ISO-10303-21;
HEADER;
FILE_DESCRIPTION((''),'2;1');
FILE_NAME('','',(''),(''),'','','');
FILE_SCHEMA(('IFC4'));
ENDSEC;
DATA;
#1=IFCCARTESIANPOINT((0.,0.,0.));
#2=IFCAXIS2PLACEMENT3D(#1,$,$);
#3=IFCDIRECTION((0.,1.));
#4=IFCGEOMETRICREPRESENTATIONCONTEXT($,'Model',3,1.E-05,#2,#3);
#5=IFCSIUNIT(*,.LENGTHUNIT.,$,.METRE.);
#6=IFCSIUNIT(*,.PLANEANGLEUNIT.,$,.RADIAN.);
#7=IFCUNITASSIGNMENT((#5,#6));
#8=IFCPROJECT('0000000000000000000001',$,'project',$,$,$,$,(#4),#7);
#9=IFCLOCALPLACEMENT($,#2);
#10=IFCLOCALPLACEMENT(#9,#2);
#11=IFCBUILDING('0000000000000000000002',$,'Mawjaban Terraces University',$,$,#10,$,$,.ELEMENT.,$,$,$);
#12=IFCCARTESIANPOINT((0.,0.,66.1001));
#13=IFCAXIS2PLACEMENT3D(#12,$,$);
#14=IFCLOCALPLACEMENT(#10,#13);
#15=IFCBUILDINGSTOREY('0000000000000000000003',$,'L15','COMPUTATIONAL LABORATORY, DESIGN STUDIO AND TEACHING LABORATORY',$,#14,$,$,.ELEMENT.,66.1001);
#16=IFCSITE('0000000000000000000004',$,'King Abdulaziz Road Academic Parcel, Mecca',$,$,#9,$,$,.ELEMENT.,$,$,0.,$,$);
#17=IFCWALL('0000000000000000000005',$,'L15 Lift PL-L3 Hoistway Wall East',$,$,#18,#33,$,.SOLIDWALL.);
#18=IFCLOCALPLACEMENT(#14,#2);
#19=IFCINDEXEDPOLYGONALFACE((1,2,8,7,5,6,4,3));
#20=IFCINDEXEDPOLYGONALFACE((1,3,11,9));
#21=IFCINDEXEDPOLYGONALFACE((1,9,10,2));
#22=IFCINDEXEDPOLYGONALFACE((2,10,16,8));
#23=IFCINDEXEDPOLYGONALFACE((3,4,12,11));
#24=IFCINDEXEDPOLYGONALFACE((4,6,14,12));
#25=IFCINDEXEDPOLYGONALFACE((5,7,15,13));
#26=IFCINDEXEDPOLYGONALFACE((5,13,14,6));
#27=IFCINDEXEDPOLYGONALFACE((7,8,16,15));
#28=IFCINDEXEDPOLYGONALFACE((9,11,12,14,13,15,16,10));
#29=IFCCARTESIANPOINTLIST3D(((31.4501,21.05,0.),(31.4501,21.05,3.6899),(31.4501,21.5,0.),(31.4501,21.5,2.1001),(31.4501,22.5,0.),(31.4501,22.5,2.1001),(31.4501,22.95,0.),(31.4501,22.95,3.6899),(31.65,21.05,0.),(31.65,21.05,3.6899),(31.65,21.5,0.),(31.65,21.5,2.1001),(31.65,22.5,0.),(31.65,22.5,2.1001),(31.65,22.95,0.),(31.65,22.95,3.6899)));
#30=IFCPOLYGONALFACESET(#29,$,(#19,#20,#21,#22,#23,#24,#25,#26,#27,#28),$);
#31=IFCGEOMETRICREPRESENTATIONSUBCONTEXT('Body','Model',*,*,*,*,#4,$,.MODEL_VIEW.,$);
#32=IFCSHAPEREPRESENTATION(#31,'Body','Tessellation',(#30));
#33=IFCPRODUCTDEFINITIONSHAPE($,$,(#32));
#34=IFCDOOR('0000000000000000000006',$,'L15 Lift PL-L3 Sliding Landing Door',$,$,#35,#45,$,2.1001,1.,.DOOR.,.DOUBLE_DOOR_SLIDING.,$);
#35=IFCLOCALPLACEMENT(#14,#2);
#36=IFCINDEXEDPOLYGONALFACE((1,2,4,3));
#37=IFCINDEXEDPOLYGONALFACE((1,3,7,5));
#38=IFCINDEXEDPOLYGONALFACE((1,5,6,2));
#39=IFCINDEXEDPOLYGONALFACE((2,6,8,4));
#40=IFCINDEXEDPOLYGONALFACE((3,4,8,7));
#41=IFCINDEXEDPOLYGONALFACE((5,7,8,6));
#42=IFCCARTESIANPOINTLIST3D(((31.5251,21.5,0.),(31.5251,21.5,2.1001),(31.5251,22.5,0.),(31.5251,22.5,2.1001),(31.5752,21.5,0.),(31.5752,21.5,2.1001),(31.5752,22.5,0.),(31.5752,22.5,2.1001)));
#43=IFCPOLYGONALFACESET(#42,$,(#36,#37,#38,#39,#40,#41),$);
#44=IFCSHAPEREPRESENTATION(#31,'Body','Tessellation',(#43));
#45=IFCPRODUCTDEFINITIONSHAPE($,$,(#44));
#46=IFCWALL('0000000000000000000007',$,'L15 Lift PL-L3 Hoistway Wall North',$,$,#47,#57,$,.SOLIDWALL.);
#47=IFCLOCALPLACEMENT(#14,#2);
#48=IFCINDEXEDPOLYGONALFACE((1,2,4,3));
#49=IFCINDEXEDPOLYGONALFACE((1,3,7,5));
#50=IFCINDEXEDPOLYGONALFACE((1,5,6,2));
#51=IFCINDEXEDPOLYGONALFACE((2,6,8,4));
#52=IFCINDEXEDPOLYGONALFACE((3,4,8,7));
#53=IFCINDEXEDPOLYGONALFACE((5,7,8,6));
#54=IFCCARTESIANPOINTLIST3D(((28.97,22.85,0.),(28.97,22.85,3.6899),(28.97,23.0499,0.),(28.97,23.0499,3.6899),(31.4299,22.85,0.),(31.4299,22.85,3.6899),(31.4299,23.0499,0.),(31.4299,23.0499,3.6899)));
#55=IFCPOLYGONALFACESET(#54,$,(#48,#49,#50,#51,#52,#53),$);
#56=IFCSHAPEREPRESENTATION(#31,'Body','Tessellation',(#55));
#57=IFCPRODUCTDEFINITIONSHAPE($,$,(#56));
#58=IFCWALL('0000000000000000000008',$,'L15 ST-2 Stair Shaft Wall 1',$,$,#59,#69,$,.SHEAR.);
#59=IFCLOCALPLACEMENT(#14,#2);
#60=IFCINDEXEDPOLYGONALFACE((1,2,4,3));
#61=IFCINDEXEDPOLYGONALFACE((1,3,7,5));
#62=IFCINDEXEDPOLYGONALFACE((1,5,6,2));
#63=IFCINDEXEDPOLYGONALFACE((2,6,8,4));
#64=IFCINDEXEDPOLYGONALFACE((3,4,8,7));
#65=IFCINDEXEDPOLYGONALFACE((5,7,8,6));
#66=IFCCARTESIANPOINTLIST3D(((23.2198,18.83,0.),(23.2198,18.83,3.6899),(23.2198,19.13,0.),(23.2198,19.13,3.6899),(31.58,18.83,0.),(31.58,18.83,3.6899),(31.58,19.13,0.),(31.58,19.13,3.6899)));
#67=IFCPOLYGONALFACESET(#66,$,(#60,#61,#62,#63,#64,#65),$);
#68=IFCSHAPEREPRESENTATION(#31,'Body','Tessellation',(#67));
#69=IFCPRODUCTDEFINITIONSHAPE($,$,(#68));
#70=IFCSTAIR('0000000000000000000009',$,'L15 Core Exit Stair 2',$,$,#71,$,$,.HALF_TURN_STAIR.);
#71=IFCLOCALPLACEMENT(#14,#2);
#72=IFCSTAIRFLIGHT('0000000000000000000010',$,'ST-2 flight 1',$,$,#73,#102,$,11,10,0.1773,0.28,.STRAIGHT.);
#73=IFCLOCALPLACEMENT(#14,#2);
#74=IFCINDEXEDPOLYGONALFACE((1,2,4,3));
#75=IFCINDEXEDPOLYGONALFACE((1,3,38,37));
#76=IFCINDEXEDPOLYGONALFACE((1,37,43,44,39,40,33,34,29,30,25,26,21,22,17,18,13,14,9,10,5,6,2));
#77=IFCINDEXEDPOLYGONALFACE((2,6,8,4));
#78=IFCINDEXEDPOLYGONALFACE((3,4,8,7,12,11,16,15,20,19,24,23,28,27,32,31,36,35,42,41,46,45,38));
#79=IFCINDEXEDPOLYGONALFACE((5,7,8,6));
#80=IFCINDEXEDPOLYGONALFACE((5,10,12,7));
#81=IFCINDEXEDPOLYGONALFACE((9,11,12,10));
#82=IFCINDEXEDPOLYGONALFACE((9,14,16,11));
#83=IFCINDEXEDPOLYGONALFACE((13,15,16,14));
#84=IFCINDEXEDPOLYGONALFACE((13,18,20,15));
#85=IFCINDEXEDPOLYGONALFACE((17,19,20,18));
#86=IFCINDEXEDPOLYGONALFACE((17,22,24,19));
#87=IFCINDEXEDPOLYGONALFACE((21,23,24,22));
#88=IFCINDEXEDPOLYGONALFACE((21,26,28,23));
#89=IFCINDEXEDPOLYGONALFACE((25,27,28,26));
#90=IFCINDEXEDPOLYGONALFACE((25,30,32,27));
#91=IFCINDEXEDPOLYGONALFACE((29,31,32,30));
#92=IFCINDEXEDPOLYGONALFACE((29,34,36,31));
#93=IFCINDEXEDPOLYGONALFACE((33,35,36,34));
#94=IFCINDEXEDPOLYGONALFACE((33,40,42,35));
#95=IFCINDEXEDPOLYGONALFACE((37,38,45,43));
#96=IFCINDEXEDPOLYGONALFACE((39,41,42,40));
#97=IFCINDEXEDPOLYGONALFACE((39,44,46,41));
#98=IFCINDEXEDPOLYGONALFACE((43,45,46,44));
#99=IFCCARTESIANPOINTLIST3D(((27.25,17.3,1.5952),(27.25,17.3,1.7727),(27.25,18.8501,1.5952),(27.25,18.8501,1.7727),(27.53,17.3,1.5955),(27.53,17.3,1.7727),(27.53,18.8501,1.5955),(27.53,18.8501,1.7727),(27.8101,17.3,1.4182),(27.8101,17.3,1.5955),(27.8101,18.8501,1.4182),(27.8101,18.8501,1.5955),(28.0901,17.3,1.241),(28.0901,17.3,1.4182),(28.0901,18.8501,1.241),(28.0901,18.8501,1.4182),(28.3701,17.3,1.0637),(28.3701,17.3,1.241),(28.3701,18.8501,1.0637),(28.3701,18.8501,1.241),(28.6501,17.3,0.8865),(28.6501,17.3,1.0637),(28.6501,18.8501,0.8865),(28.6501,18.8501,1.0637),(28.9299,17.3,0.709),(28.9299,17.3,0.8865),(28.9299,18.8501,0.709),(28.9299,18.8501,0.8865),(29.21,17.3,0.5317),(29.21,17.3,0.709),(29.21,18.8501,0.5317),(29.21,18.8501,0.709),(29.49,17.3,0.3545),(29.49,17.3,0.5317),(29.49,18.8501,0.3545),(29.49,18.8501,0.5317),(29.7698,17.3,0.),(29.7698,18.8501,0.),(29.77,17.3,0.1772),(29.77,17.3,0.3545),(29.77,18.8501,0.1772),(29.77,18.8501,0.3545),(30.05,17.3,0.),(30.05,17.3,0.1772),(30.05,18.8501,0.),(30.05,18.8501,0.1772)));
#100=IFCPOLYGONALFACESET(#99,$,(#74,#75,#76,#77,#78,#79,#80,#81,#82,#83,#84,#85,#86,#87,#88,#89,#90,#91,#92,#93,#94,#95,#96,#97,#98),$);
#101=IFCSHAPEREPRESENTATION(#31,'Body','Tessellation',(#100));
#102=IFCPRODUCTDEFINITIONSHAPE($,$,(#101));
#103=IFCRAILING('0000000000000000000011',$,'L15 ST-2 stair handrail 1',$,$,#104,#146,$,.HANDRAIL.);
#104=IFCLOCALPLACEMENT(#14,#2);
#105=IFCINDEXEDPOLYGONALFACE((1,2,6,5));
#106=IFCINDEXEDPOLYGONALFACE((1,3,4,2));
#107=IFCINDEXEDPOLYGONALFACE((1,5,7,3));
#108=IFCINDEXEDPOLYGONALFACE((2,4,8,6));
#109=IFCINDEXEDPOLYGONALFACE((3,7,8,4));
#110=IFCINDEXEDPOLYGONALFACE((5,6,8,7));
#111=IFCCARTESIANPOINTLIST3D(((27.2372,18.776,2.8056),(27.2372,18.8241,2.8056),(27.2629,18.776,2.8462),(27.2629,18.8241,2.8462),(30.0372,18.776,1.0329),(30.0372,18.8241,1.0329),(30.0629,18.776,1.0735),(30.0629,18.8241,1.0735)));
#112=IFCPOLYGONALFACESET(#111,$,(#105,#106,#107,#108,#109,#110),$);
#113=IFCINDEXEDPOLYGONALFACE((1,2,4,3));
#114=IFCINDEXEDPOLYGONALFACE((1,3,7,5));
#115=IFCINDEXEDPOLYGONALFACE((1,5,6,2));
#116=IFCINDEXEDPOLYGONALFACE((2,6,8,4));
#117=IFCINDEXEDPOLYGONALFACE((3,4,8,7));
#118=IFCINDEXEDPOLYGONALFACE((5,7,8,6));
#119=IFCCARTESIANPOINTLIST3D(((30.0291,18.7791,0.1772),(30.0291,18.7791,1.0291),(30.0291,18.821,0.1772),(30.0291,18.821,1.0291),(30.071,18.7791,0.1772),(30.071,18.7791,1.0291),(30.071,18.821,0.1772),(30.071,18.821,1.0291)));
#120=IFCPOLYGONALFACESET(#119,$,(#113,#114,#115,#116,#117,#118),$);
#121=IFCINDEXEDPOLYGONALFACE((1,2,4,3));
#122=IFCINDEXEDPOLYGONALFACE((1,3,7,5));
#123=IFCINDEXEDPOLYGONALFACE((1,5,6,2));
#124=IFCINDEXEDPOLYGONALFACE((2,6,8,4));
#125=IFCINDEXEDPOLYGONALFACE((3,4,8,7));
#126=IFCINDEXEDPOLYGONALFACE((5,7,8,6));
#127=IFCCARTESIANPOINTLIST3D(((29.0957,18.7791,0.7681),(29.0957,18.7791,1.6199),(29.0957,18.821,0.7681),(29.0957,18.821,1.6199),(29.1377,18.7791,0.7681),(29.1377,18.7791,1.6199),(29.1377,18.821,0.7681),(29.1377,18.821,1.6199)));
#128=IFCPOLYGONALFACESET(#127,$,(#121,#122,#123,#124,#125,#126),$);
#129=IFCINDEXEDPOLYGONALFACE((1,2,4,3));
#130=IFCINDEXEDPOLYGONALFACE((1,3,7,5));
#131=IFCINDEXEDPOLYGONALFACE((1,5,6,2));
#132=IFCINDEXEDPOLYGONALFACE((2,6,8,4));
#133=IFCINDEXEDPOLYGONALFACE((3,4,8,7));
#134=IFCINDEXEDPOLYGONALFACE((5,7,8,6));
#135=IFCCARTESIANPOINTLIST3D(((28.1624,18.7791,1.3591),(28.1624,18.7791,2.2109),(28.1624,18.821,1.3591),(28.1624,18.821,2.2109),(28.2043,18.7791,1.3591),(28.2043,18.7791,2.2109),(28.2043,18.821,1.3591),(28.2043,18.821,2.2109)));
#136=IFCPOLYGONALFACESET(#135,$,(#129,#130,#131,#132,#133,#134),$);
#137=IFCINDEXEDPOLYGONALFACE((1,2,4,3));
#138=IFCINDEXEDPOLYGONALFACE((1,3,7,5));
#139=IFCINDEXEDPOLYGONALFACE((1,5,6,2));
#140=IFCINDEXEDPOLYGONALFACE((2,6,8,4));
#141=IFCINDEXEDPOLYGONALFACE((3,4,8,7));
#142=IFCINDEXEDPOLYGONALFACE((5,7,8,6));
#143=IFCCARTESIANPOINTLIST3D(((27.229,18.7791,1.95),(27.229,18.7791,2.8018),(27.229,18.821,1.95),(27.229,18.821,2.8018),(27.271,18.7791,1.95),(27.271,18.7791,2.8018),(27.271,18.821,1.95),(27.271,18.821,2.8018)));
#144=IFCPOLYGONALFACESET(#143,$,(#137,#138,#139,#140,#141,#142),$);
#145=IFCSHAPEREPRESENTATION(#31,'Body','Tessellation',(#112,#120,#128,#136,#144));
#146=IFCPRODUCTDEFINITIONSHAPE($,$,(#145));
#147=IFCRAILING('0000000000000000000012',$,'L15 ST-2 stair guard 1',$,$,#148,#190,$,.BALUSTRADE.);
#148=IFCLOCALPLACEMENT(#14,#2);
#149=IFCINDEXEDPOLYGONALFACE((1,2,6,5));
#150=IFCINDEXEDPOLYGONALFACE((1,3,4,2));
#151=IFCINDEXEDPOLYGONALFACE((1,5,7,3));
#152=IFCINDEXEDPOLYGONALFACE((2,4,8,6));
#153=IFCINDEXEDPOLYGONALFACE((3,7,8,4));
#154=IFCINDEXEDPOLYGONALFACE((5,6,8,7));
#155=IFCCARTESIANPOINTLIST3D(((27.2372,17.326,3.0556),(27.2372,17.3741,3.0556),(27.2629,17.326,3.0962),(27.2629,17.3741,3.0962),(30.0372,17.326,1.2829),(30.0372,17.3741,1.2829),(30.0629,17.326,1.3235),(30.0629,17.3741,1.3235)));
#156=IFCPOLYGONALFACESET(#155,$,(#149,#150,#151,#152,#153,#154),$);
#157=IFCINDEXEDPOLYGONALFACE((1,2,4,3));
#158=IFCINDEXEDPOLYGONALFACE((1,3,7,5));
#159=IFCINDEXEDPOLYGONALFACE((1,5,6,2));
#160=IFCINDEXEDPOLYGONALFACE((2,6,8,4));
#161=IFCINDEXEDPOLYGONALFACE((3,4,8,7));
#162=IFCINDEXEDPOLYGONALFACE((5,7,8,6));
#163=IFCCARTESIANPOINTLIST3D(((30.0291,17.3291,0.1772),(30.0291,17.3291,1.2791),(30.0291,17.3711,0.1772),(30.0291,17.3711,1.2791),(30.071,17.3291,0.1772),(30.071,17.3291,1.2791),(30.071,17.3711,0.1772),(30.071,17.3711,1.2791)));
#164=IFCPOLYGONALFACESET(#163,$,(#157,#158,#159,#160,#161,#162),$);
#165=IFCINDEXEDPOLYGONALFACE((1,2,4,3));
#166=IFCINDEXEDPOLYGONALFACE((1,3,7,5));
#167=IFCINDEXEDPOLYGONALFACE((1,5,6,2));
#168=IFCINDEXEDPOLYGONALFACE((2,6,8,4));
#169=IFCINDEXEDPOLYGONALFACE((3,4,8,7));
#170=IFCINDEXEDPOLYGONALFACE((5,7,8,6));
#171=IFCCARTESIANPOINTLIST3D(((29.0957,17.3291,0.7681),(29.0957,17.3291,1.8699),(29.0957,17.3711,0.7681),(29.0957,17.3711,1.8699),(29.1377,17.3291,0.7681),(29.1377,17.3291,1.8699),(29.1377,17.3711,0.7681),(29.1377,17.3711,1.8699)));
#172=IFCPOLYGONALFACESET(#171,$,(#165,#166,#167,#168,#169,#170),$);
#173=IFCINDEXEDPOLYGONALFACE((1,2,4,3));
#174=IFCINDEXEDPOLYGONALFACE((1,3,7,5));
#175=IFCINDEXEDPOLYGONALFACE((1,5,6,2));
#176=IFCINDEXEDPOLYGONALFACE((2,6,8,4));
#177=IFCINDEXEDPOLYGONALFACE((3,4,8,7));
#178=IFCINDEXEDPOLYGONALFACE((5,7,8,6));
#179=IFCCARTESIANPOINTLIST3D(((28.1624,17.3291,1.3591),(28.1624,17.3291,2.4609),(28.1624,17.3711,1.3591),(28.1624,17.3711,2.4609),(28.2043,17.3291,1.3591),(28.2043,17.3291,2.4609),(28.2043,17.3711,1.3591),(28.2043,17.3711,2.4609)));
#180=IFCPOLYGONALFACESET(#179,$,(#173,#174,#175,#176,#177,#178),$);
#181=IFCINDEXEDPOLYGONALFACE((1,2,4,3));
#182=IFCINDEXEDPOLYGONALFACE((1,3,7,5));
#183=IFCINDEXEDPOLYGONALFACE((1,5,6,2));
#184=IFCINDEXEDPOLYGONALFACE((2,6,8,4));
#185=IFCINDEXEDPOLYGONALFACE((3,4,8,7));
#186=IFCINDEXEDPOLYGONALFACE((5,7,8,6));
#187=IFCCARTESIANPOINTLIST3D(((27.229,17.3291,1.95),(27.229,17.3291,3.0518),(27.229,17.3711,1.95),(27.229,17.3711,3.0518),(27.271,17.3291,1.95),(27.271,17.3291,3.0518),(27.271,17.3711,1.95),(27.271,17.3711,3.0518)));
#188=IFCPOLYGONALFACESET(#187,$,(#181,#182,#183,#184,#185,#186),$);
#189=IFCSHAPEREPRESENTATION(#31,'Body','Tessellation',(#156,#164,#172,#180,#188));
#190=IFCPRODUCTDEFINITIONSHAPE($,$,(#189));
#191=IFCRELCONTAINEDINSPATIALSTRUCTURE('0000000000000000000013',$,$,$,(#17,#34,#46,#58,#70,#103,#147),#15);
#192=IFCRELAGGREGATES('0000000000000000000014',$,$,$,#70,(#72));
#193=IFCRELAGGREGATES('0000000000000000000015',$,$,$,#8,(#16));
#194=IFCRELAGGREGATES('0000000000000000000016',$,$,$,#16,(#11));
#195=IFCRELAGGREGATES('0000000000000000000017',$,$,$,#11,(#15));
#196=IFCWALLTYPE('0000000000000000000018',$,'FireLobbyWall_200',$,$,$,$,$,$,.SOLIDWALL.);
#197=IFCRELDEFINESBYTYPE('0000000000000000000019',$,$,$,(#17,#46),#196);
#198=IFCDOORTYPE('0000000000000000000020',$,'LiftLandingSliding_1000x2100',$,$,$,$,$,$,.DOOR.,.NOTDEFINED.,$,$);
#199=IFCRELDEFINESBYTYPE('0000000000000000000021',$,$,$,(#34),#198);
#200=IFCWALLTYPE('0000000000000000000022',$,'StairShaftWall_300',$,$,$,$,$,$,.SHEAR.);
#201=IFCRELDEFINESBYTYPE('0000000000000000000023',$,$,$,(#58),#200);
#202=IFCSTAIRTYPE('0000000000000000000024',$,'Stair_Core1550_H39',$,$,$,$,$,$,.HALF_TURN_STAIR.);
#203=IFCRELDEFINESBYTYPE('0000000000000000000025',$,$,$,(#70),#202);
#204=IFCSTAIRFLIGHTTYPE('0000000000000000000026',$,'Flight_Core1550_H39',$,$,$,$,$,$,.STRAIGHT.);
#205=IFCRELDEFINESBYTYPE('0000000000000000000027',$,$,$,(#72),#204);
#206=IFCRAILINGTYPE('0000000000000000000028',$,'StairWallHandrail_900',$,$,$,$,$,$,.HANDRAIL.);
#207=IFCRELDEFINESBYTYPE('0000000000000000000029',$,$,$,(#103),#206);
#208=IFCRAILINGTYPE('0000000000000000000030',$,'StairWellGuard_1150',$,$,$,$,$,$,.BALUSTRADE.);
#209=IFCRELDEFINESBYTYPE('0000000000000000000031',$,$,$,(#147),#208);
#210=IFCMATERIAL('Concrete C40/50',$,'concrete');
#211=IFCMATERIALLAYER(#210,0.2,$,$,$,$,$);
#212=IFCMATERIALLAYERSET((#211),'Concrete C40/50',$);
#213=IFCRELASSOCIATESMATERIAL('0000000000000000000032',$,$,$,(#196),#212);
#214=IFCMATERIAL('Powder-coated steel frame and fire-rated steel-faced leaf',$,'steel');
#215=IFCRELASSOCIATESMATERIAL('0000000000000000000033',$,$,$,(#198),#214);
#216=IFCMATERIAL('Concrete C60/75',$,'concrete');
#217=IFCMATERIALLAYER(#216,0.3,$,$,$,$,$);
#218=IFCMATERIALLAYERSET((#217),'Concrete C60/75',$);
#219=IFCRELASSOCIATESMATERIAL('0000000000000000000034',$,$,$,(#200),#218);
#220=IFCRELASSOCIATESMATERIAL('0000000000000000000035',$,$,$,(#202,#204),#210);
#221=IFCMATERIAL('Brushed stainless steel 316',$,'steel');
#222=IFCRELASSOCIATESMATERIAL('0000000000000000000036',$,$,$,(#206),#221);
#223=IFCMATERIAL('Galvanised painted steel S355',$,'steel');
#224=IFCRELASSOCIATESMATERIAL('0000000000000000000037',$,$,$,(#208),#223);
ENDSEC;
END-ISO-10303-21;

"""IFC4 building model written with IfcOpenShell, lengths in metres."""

from ifc_helpers import new_model, si_unit, direction, frame, frame_2d, origin, origin_2d, place, context, subcontext, project, spatial, polyline, rectangle, outline, extrude, material, layer, layer_set, type_object, element, fill, aggregate, save


model = new_model("IFC4")

# Units and contexts
model_context = context("Model", 3, precision=1e-05, world=origin(), true_north=direction((0.0, 1.0)))
body_context = subcontext(model_context, "Body", "Model", "MODEL_VIEW")
ifc_project = project(units=[si_unit("LENGTHUNIT", "METRE"), si_unit("PLANEANGLEUNIT", "RADIAN")], contexts=[model_context])

# Site, building, storey
site_placement = place(None, origin())
site = spatial("IfcSite", under=ifc_project, at=site_placement, Name="King Abdulaziz Road Academic Parcel, Mecca", CompositionType="ELEMENT", RefElevation=0.0)
building_placement = place(site_placement, origin())
building = spatial("IfcBuilding", under=site, at=building_placement, Name="Mawjaban Terraces University", CompositionType="ELEMENT")
storey_placement = place(building_placement, frame((0.0, 0.0, 66.1001)))
storey = spatial("IfcBuildingStorey", under=building, at=storey_placement, Name="L15", Description="COMPUTATIONAL LABORATORY, DESIGN STUDIO AND TEACHING LABORATORY", CompositionType="ELEMENT", Elevation=66.1001)

# Shared definitions
ifc_material_1 = material(Name="Concrete C40/50", Category="concrete")
ifc_layer_1 = layer(ifc_material_1, 0.2)
ifc_layer_set_1 = layer_set([ifc_layer_1], Name="Concrete C40/50")
wall_type_1 = type_object("IfcWallType", Name="FireLobbyWall_200", PredefinedType="SOLIDWALL", material=ifc_layer_set_1)

# Wall, opening, door
ifc_material_2 = material(Name="Powder-coated steel frame and fire-rated steel-faced leaf", Category="steel")
door_type_1 = type_object("IfcDoorType", Name="LiftLandingSliding_1000x2100", OperationType="NOTDEFINED", PredefinedType="DOOR", material=ifc_material_2)
wall_1_placement = place(storey_placement, frame((31.55, 21.05, 0.0), z_axis=(0.0, 0.0, 1.0), x_axis=(0.0, 1.0, 0.0)))
wall_1 = element("IfcWall", 1, at=wall_1_placement, inside=storey, type_object=wall_type_1, Name="L15 Lift PL-L3 Hoistway Wall East", PredefinedType="SOLIDWALL", context=body_context, shape_type="SweptSolid", body=[
    extrude(rectangle(XDim=1.8999, YDim=0.2, at=frame_2d((0.95, 0.0))), origin(), (0.0, 0.0, 1.0), 3.6899),
])
opening_1_placement = place(wall_1_placement, frame((0.45, 0.0, 0.0)))
opening_1 = element("IfcOpeningElement", 2, at=opening_1_placement, cuts=wall_1, PredefinedType="OPENING", context=body_context, shape_type="SweptSolid", body=[
    extrude(rectangle(XDim=1.0, YDim=2.1001, at=frame_2d((0.5, 1.05))), frame((0.0, 0.1099, 0.0), z_axis=(0.0, -1.0, 0.0), x_axis=(1.0, 0.0, 0.0)), (0.0, 0.0, 1.0), 0.22),
])
door_1_placement = place(opening_1_placement, origin())
door_1 = element("IfcDoor", 3, at=door_1_placement, inside=storey, type_object=door_type_1, Name="L15 Lift PL-L3 Sliding Landing Door", OperationType="DOUBLE_DOOR_SLIDING", OverallHeight=2.1001, OverallWidth=1.0, PredefinedType="DOOR", context=body_context, shape_type="SweptSolid", body=[
    extrude(rectangle(XDim=1.0, YDim=2.1001, at=frame_2d((0.5, 1.05))), frame((0.0, 0.0249, 0.0), z_axis=(0.0, -1.0, 0.0), x_axis=(1.0, 0.0, 0.0)), (0.0, 0.0, 1.0), 0.05),
])
fill(opening_1, door_1)

# Walls
wall_2_placement = place(storey_placement, frame((31.4299, 22.95, 0.0), z_axis=(0.0, 0.0, 1.0), x_axis=(-1.0, 0.0, 0.0)))
element("IfcWall", 4, at=wall_2_placement, inside=storey, type_object=wall_type_1, Name="L15 Lift PL-L3 Hoistway Wall North", PredefinedType="SOLIDWALL", context=body_context, shape_type="SweptSolid", body=[
    extrude(rectangle(XDim=2.46, YDim=0.2, at=frame_2d((1.23, 0.0))), origin(), (0.0, 0.0, 1.0), 3.6899),
])
ifc_material_3 = material(Name="Concrete C60/75", Category="concrete")
ifc_layer_2 = layer(ifc_material_3, 0.3)
ifc_layer_set_2 = layer_set([ifc_layer_2], Name="Concrete C60/75")
wall_type_2 = type_object("IfcWallType", Name="StairShaftWall_300", PredefinedType="SHEAR", material=ifc_layer_set_2)
wall_3_placement = place(storey_placement, frame((31.5801, 18.98, 0.0), z_axis=(0.0, 0.0, 1.0), x_axis=(-1.0, 0.0, 0.0)))
element("IfcWall", 5, at=wall_3_placement, inside=storey, type_object=wall_type_2, Name="L15 ST-2 Stair Shaft Wall 1", PredefinedType="SHEAR", context=body_context, shape_type="SweptSolid", body=[
    extrude(rectangle(XDim=8.3601, YDim=0.3, at=frame_2d((4.1802, 0.0))), origin(), (0.0, 0.0, 1.0), 3.6899),
])

# Stair, stair flight
stair_type = type_object("IfcStairType", Name="Stair_Core1550_H39", PredefinedType="HALF_TURN_STAIR", material=ifc_material_1)
stair_placement = place(storey_placement, origin())
stair = element("IfcStair", 6, at=stair_placement, inside=storey, type_object=stair_type, Name="L15 Core Exit Stair 2", PredefinedType="HALF_TURN_STAIR")
stair_flight_type = type_object("IfcStairFlightType", Name="Flight_Core1550_H39", PredefinedType="STRAIGHT", material=ifc_material_1)
stair_flight_placement = place(storey_placement, frame((30.05, 18.075, 0.0), z_axis=(0.0, 0.0, 1.0), x_axis=(-1.0, 0.0, 0.0)))
stair_flight = element("IfcStairFlight", 7, at=stair_flight_placement, type_object=stair_flight_type, Name="ST-2 flight 1", NumberOfRisers=11, NumberOfTreads=10, PredefinedType="STRAIGHT", RiserHeight=0.1773, TreadLength=0.28, context=body_context, shape_type="SweptSolid", body=[
    extrude(outline(polyline([(0.0, 0.0), (0.0, 0.1772), (0.28, 0.1772), (0.28, 0.3545), (0.5601, 0.3545), (0.5601, 0.5317), (0.8401, 0.5317), (0.8401, 0.709), (1.1201, 0.709), (1.1201, 0.8865), (1.3999, 0.8865), (1.3999, 1.0637), (1.6799, 1.0637), (1.6799, 1.241), (1.96, 1.241), (1.96, 1.4182), (2.24, 1.4182), (2.24, 1.5955), (2.52, 1.5955), (2.52, 1.7727), (2.8, 1.7727), (2.8, 1.95), (2.8, 1.5952), (0.2803, 0.0), (0.0, 0.0)])), frame((0.0, 0.7749, 0.0), z_axis=(0.0, -1.0, 0.0), x_axis=(1.0, 0.0, 0.0)), (0.0, 0.0, 1.0), 1.55),
])
aggregate(stair, [stair_flight])

# Railings
ifc_material_4 = material(Name="Brushed stainless steel 316", Category="steel")
railing_type_1 = type_object("IfcRailingType", Name="StairWallHandrail_900", PredefinedType="HANDRAIL", material=ifc_material_4)
railing_1_placement = place(storey_placement, frame((30.05, 18.8, 0.1772)))
element("IfcRailing", 8, at=railing_1_placement, inside=storey, type_object=railing_type_1, Name="L15 ST-2 stair handrail 1", PredefinedType="HANDRAIL", context=body_context, shape_type="SweptSolid", body=[
    extrude(rectangle(XDim=0.0481, YDim=0.0481, at=origin_2d()), frame((0.0, 0.0, 0.876), z_axis=(-0.844909, 0.0, 0.53491), x_axis=(0.0, -1.0, 0.0)), (0.0, 0.0, 1.0), 3.314),
    extrude(rectangle(XDim=0.042, YDim=0.042, at=origin_2d()), origin(), (0.0, 0.0, 1.0), 0.8518),
    extrude(rectangle(XDim=0.042, YDim=0.042, at=origin_2d()), frame((-0.9333, 0.0, 0.5908)), (0.0, 0.0, 1.0), 0.8518),
    extrude(rectangle(XDim=0.042, YDim=0.042, at=origin_2d()), frame((-1.8667, 0.0, 1.1819)), (0.0, 0.0, 1.0), 0.8518),
    extrude(rectangle(XDim=0.042, YDim=0.042, at=origin_2d()), frame((-2.8, 0.0, 1.7727)), (0.0, 0.0, 1.0), 0.8518),
])
ifc_material_5 = material(Name="Galvanised painted steel S355", Category="steel")
railing_type_2 = type_object("IfcRailingType", Name="StairWellGuard_1150", PredefinedType="BALUSTRADE", material=ifc_material_5)
railing_2_placement = place(storey_placement, frame((30.05, 17.3501, 0.1772)))
element("IfcRailing", 9, at=railing_2_placement, inside=storey, type_object=railing_type_2, Name="L15 ST-2 stair guard 1", PredefinedType="BALUSTRADE", context=body_context, shape_type="SweptSolid", body=[
    extrude(rectangle(XDim=0.0481, YDim=0.0481, at=origin_2d()), frame((0.0, 0.0, 1.126), z_axis=(-0.844909, 0.0, 0.53491), x_axis=(0.0, -1.0, 0.0)), (0.0, 0.0, 1.0), 3.314),
    extrude(rectangle(XDim=0.042, YDim=0.042, at=origin_2d()), origin(), (0.0, 0.0, 1.0), 1.1018),
    extrude(rectangle(XDim=0.042, YDim=0.042, at=origin_2d()), frame((-0.9333, 0.0, 0.5908)), (0.0, 0.0, 1.0), 1.1018),
    extrude(rectangle(XDim=0.042, YDim=0.042, at=origin_2d()), frame((-1.8667, 0.0, 1.1819)), (0.0, 0.0, 1.0), 1.1018),
    extrude(rectangle(XDim=0.042, YDim=0.042, at=origin_2d()), frame((-2.8, 0.0, 1.7727)), (0.0, 0.0, 1.0), 1.1018),
])

save(model, "model.ifc")
